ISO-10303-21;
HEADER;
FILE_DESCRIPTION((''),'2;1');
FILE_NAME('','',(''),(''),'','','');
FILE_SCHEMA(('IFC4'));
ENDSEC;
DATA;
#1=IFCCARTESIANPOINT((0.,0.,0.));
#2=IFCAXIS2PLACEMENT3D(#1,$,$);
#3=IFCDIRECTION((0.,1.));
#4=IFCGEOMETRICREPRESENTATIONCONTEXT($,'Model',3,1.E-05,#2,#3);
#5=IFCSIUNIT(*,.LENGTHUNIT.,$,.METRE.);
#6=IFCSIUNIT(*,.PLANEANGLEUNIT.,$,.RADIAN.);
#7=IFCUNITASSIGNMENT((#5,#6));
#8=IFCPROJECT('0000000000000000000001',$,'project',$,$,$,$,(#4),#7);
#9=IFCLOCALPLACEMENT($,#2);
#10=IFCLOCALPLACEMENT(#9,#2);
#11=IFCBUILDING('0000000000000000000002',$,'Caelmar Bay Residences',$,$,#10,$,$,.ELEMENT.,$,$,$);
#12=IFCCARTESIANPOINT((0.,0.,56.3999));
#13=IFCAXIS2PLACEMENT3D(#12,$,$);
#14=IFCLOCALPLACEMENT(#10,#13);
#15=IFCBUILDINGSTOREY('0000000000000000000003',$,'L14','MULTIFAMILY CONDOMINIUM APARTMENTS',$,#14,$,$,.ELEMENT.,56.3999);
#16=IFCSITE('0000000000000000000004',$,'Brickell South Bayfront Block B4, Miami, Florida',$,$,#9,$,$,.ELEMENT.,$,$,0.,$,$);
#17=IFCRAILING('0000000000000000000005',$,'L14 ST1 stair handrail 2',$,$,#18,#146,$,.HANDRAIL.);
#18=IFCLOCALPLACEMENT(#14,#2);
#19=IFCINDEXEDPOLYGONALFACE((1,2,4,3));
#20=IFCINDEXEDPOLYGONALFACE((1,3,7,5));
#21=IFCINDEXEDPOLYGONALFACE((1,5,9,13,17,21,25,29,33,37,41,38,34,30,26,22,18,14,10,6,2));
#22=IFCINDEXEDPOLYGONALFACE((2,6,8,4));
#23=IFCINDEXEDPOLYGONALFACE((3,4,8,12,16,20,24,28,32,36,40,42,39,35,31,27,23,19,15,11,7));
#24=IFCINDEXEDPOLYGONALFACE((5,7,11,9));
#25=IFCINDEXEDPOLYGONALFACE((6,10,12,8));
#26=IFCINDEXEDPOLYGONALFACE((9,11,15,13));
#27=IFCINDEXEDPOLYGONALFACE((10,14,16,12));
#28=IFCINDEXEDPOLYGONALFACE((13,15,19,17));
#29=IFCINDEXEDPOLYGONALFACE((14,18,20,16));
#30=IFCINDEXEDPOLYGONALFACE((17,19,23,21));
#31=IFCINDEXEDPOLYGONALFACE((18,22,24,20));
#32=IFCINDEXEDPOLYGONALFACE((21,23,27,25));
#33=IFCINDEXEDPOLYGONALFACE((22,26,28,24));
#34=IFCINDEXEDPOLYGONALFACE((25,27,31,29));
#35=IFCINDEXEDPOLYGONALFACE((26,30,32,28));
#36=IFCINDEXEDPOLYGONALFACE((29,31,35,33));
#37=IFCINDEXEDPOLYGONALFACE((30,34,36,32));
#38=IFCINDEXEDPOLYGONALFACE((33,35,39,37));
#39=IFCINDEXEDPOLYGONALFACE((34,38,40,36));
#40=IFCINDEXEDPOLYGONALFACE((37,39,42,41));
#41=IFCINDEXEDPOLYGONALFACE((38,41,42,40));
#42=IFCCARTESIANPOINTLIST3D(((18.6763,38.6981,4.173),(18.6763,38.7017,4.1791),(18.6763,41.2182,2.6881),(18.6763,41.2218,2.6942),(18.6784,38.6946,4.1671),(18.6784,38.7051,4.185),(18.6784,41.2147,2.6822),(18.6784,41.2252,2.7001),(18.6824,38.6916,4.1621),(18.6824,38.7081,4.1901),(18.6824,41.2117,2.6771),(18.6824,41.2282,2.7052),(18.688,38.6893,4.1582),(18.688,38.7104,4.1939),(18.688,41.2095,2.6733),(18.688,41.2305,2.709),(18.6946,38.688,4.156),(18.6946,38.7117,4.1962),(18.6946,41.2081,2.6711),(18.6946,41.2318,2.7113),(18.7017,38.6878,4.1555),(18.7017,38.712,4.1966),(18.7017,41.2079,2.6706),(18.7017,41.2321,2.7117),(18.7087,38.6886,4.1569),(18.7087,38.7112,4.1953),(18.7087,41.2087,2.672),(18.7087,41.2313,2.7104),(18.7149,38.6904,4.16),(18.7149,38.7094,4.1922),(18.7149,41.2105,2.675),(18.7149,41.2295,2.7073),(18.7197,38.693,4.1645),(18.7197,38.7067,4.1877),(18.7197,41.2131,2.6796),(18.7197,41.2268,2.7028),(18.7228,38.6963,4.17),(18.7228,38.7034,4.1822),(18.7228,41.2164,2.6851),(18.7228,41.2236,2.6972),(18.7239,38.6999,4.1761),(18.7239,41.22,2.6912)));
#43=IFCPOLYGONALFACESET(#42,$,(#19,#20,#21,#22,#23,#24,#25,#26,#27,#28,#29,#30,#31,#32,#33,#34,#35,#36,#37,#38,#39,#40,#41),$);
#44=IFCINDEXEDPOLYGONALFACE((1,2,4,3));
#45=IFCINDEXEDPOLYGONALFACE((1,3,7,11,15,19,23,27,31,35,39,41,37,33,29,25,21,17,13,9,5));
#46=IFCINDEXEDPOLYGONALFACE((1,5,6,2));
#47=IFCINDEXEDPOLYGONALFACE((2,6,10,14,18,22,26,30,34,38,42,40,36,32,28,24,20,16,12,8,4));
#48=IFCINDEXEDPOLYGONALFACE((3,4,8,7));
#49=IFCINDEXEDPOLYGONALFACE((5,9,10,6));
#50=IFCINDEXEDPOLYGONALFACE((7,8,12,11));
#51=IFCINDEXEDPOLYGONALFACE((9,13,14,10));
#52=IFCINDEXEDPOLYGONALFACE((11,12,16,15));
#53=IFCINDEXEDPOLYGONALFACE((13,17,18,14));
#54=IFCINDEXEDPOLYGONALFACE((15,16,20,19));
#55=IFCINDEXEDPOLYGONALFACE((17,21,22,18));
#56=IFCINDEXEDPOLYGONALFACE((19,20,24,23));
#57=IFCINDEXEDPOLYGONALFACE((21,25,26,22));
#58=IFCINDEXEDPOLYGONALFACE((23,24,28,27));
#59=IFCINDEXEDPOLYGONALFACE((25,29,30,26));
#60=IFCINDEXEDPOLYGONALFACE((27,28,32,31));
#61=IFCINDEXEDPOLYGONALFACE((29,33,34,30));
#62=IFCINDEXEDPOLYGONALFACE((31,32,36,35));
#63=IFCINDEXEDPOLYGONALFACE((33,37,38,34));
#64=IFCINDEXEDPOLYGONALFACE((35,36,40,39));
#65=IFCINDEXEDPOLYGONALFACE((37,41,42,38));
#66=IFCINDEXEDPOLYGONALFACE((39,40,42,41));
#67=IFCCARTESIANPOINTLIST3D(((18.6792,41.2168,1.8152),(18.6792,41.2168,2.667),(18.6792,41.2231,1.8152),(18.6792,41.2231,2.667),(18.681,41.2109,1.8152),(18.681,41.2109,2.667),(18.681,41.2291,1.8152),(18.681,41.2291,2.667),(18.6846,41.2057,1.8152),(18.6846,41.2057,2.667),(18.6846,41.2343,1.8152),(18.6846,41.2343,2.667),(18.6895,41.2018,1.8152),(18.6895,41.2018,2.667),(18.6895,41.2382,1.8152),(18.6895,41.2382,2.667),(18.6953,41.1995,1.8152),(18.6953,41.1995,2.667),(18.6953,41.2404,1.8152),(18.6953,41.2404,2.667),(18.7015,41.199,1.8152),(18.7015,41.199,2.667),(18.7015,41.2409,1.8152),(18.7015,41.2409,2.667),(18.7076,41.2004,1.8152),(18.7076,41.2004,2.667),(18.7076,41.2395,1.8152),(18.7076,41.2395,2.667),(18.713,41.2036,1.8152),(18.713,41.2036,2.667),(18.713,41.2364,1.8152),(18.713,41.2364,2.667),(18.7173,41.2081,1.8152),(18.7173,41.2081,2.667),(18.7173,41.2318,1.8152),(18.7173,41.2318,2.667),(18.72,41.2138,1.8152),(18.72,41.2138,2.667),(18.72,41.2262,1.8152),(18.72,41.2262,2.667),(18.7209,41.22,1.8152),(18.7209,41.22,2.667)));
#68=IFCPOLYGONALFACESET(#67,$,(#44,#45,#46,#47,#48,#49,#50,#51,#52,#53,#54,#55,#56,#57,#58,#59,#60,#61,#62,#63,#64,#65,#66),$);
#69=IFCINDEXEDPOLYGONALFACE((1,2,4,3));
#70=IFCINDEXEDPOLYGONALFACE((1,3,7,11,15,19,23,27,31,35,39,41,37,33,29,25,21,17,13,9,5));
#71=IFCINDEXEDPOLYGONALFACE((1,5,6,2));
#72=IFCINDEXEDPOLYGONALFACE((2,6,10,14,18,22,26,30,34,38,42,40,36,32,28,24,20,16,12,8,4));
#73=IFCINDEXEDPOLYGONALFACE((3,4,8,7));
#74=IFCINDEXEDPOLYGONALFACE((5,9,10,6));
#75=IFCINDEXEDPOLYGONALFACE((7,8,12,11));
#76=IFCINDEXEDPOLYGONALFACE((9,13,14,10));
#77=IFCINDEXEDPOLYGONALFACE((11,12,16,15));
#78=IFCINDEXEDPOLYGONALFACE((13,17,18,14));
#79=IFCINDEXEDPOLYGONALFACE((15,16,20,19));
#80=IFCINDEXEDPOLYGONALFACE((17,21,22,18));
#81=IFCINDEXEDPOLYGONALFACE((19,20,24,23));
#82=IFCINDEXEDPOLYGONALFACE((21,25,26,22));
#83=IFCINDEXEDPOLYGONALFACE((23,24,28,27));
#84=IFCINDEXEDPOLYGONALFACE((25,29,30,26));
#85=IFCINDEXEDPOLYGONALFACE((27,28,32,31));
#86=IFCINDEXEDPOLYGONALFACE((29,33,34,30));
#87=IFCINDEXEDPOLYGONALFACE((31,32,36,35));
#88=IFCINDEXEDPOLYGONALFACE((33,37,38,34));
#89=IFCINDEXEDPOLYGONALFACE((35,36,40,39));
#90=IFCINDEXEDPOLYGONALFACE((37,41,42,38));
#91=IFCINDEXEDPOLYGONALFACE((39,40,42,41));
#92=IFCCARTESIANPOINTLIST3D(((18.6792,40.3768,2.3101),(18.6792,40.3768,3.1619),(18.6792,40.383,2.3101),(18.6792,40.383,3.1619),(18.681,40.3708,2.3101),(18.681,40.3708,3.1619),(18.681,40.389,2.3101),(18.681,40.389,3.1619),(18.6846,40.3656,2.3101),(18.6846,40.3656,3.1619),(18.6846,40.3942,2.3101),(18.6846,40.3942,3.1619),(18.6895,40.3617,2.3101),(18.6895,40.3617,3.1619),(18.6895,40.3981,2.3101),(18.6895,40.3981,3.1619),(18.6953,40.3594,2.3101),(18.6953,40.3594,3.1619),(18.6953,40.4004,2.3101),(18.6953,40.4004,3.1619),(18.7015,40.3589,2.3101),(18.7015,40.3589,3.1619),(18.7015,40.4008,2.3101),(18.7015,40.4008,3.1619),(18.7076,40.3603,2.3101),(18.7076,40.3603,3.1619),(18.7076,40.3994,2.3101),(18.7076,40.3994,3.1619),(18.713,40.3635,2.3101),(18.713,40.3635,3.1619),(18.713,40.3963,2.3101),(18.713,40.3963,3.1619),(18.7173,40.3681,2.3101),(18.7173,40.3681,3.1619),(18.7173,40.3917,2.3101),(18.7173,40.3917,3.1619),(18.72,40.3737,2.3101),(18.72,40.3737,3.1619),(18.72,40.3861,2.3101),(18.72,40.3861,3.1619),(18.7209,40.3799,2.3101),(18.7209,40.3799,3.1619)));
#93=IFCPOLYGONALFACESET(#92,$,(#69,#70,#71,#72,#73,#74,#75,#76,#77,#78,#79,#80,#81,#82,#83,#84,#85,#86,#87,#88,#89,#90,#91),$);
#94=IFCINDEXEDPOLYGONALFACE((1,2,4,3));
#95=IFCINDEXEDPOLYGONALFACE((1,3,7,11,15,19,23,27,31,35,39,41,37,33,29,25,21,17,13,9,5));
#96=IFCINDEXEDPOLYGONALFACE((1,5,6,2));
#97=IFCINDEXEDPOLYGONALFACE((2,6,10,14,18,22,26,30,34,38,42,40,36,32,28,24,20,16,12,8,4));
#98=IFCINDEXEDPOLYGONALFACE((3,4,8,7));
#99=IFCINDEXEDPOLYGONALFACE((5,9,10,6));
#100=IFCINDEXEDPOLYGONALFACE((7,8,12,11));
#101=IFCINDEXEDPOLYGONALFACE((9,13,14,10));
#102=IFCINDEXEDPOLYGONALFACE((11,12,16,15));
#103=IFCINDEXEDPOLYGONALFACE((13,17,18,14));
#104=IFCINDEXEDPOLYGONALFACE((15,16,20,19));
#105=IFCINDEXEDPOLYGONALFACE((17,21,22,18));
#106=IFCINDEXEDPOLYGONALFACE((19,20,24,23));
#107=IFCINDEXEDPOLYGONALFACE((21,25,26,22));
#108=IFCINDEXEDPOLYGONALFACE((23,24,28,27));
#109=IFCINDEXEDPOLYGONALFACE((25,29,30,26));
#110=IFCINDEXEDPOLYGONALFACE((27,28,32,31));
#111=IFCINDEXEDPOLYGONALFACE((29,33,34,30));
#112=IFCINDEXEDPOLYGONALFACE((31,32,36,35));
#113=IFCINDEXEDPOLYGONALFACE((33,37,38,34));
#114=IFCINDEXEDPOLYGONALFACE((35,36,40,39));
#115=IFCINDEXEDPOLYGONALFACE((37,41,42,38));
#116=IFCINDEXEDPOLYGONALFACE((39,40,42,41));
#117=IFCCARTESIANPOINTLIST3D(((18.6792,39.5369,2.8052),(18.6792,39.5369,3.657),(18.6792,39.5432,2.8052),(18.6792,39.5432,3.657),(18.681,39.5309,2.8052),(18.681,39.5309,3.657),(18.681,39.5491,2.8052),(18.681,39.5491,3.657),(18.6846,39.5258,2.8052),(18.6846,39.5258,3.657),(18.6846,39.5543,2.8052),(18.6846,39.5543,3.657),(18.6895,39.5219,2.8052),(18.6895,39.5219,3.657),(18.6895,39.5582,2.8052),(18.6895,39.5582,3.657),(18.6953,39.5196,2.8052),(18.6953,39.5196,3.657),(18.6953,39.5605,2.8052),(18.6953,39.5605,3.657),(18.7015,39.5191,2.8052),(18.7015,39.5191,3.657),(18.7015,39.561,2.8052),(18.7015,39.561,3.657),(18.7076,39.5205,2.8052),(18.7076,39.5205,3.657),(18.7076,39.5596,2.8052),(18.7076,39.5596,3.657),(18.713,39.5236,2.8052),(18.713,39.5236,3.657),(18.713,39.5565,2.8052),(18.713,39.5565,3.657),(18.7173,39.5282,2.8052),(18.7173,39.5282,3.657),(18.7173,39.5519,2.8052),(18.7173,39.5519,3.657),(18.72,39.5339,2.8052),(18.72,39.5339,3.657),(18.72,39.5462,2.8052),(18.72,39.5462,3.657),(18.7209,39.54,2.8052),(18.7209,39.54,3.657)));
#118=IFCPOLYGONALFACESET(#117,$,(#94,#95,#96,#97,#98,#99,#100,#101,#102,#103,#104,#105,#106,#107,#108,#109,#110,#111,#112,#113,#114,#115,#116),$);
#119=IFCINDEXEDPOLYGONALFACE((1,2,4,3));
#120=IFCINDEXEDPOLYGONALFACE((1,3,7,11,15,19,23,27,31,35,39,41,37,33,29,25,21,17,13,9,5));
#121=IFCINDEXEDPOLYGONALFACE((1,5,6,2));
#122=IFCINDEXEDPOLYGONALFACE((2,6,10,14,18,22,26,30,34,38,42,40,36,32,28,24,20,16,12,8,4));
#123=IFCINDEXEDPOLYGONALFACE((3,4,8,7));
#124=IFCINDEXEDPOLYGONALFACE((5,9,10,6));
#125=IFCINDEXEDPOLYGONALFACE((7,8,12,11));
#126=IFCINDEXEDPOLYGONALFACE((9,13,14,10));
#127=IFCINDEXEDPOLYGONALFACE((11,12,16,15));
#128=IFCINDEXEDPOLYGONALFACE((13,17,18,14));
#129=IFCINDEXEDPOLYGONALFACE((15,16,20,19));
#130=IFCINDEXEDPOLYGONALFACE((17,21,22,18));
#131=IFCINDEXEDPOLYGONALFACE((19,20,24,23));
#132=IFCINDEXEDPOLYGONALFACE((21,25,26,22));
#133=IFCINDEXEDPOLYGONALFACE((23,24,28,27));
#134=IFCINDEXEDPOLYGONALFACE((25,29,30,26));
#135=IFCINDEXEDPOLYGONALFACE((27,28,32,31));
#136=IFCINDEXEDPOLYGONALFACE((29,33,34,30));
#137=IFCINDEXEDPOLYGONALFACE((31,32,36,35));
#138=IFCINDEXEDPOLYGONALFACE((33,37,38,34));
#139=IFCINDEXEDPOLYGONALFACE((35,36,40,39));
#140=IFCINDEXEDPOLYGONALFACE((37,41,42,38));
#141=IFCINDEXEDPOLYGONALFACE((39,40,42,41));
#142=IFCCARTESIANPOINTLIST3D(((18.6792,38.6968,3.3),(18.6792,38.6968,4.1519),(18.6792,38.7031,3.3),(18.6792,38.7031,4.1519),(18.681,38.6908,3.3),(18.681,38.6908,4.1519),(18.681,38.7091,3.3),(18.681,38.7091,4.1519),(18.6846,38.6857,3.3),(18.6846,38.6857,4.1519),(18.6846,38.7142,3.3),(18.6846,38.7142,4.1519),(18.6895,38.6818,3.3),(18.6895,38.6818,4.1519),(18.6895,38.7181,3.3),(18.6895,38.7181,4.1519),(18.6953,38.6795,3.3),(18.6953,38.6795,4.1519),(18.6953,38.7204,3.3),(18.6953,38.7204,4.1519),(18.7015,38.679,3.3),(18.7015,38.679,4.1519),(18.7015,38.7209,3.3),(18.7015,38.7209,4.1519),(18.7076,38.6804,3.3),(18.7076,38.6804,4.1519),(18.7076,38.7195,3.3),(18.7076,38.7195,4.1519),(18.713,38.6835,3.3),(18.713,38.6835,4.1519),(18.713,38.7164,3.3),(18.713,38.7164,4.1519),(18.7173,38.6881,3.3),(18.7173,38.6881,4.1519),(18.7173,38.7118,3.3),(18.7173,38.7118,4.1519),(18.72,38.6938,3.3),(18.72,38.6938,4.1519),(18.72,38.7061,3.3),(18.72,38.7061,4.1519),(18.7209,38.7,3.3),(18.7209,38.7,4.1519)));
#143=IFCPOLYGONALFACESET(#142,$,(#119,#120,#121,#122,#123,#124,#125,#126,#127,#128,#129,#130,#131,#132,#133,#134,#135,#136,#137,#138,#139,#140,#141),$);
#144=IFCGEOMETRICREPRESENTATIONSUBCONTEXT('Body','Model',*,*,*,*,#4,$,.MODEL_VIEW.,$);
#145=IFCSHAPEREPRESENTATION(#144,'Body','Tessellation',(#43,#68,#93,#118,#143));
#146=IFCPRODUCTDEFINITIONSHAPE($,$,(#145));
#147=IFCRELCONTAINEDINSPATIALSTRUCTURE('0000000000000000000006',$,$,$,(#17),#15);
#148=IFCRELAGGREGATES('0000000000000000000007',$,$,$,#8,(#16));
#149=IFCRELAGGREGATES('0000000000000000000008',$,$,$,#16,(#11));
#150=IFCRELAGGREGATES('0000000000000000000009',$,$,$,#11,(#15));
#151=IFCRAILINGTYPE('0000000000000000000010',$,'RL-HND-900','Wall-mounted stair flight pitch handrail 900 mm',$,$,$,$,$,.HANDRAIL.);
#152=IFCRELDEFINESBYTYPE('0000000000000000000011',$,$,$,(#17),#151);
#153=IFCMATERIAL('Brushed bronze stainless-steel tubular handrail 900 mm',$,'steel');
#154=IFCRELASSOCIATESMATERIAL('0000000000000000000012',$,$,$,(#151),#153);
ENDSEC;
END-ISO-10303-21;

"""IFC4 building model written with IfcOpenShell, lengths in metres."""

from ifc_helpers import new_model, si_unit, direction, frame, origin, origin_2d, place, context, subcontext, project, spatial, circle, extrude, material, type_object, element, save


model = new_model("IFC4")

# Units and contexts
model_context = context("Model", 3, precision=1e-05, world=origin(), true_north=direction((0.0, 1.0)))
body_context = subcontext(model_context, "Body", "Model", "MODEL_VIEW")
ifc_project = project(units=[si_unit("LENGTHUNIT", "METRE"), si_unit("PLANEANGLEUNIT", "RADIAN")], contexts=[model_context])

# Site, building, storey
site_placement = place(None, origin())
site = spatial("IfcSite", under=ifc_project, at=site_placement, Name="Brickell South Bayfront Block B4, Miami, Florida", CompositionType="ELEMENT", RefElevation=0.0)
building_placement = place(site_placement, origin())
building = spatial("IfcBuilding", under=site, at=building_placement, Name="Caelmar Bay Residences", CompositionType="ELEMENT")
storey_placement = place(building_placement, frame((0.0, 0.0, 56.3999)))
storey = spatial("IfcBuildingStorey", under=building, at=storey_placement, Name="L14", Description="MULTIFAMILY CONDOMINIUM APARTMENTS", CompositionType="ELEMENT", Elevation=56.3999)

# Railing
ifc_material_1 = material(Name="Brushed bronze stainless-steel tubular handrail 900 mm", Category="steel")
railing_type_1 = type_object("IfcRailingType", Name="RL-HND-900", Description="Wall-mounted stair flight pitch handrail 900 mm", PredefinedType="HANDRAIL", material=ifc_material_1)
railing_1_placement = place(storey_placement, frame((18.7, 41.22, 1.8152)))
element("IfcRailing", 1, at=railing_1_placement, inside=storey, type_object=railing_type_1, Name="L14 ST1 stair handrail 2", PredefinedType="HANDRAIL", context=body_context, shape_type="SweptSolid", body=[
    extrude(circle(Radius=0.0239, at=origin_2d()), frame((0.0, 0.0, 0.876), z_axis=(0.0, -0.861561, 0.507655), x_axis=(1.0, 0.0, 0.0)), (0.0, 0.0, 1.0), 2.925),
    extrude(circle(Radius=0.021, at=origin_2d()), origin(), (0.0, 0.0, 1.0), 0.8518),
    extrude(circle(Radius=0.021, at=origin_2d()), frame((0.0, -0.8401, 0.4949)), (0.0, 0.0, 1.0), 0.8518),
    extrude(circle(Radius=0.021, at=origin_2d()), frame((0.0, -1.6799, 0.99)), (0.0, 0.0, 1.0), 0.8518),
    extrude(circle(Radius=0.021, at=origin_2d()), frame((0.0, -2.52, 1.4849)), (0.0, 0.0, 1.0), 0.8518),
])

save(model, "model.ifc")
